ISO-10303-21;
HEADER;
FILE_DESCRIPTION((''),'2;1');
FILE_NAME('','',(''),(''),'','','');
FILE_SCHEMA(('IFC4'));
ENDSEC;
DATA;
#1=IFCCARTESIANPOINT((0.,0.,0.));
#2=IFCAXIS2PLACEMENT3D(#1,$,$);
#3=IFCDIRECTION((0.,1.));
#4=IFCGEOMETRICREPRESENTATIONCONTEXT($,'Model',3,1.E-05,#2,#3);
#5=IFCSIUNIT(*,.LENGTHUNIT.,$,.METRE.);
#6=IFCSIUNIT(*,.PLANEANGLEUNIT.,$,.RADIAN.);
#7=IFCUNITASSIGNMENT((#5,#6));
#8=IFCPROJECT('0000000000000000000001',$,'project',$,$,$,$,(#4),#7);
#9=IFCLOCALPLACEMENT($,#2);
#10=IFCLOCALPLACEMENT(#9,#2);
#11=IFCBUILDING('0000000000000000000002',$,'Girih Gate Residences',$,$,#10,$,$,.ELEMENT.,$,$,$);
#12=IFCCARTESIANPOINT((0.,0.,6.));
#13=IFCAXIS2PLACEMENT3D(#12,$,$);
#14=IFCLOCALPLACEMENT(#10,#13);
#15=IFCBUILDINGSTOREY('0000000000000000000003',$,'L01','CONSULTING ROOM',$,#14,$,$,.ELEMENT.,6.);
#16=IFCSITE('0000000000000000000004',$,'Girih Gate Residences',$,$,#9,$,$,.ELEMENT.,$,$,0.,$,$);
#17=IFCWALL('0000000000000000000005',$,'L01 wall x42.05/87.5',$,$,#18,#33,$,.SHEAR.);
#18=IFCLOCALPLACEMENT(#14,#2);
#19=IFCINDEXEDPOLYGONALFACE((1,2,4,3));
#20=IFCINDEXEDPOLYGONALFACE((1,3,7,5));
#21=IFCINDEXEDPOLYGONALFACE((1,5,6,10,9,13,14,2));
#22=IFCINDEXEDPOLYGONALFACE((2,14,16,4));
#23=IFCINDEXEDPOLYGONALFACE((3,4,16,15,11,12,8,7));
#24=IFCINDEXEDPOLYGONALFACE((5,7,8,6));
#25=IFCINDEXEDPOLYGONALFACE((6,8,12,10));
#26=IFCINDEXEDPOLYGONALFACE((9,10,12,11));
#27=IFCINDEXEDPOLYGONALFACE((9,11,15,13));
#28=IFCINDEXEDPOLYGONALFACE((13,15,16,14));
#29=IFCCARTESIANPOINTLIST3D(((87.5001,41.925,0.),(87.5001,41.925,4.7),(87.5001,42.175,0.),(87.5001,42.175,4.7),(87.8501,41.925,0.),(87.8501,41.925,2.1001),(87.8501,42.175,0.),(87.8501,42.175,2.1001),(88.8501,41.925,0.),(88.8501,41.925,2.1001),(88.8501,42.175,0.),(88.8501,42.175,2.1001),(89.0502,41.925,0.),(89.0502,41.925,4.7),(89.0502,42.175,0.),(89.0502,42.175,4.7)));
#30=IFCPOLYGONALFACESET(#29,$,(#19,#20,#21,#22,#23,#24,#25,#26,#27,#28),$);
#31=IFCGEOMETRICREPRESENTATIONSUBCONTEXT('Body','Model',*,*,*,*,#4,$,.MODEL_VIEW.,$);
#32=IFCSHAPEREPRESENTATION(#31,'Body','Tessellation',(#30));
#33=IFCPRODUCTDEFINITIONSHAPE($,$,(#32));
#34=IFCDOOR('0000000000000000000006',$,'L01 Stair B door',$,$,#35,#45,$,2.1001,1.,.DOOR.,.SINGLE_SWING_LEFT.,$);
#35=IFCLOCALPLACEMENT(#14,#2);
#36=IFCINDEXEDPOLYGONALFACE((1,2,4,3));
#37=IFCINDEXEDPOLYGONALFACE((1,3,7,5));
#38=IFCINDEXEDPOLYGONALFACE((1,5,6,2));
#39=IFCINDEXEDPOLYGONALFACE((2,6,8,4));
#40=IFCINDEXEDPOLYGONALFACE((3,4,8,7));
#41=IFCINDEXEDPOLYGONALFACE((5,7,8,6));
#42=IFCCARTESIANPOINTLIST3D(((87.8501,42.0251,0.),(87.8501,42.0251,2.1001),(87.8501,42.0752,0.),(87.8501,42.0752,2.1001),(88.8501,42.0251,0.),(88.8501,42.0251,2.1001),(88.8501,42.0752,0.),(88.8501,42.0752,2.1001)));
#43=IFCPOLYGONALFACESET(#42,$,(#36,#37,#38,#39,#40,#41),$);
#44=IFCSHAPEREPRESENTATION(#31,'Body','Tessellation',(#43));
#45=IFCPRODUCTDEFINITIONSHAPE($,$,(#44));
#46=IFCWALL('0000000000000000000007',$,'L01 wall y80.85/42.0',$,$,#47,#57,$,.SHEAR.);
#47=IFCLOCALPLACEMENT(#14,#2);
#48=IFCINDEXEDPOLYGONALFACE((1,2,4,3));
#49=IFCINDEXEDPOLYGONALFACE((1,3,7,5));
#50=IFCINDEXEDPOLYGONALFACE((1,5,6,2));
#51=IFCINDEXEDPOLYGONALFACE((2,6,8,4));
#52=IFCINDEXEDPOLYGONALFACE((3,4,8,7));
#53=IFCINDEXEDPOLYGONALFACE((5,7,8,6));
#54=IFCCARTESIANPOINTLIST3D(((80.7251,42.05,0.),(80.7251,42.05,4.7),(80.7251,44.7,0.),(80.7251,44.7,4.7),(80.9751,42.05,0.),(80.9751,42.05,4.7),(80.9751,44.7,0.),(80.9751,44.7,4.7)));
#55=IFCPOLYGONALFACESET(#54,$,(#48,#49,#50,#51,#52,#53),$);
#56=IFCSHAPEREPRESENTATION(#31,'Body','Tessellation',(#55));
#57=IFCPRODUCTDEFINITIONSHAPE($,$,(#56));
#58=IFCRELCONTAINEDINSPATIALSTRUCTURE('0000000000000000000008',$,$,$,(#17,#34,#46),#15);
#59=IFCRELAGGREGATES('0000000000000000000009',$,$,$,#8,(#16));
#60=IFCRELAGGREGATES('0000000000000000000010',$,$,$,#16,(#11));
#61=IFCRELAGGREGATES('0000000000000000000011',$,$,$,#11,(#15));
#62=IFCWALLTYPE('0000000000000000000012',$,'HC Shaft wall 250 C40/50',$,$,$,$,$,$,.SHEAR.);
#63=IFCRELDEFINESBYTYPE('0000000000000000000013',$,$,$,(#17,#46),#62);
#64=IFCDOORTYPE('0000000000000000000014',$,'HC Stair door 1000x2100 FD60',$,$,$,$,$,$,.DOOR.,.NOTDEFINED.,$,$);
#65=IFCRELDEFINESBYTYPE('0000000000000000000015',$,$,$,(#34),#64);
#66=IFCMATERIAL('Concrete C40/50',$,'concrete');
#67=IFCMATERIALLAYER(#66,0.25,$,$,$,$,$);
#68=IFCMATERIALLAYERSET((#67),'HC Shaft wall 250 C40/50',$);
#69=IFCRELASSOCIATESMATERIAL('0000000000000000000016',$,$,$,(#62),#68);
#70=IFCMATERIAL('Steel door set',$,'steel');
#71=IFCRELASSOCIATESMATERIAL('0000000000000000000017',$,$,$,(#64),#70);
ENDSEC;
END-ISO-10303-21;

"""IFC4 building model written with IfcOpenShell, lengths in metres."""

from ifc_helpers import new_model, si_unit, direction, frame, frame_2d, origin, place, context, subcontext, project, spatial, rectangle, extrude, material, layer, layer_set, type_object, element, fill, save


model = new_model("IFC4")

# Units and contexts
model_context = context("Model", 3, precision=1e-05, world=origin(), true_north=direction((0.0, 1.0)))
body_context = subcontext(model_context, "Body", "Model", "MODEL_VIEW")
ifc_project = project(units=[si_unit("LENGTHUNIT", "METRE"), si_unit("PLANEANGLEUNIT", "RADIAN")], contexts=[model_context])

# Site, building, storey
site_placement = place(None, origin())
site = spatial("IfcSite", under=ifc_project, at=site_placement, Name="Girih Gate Residences", CompositionType="ELEMENT", RefElevation=0.0)
building_placement = place(site_placement, origin())
building = spatial("IfcBuilding", under=site, at=building_placement, Name="Girih Gate Residences", CompositionType="ELEMENT")
storey_placement = place(building_placement, frame((0.0, 0.0, 6.0)))
storey = spatial("IfcBuildingStorey", under=building, at=storey_placement, Name="L01", Description="CONSULTING ROOM", CompositionType="ELEMENT", Elevation=6.0)

# Shared definitions
ifc_material_1 = material(Name="Concrete C40/50", Category="concrete")

# Shared definitions
ifc_layer_1 = layer(ifc_material_1, 0.25)
ifc_layer_set_1 = layer_set([ifc_layer_1], Name="HC Shaft wall 250 C40/50")
wall_type_1 = type_object("IfcWallType", Name="HC Shaft wall 250 C40/50", PredefinedType="SHEAR", material=ifc_layer_set_1)

# Wall, opening, door
wall_1_placement = place(storey_placement, frame((89.05, 42.05, 0.0), z_axis=(0.0, 0.0, 1.0), x_axis=(-1.0, 0.0, 0.0)))
wall_1 = element("IfcWall", 1, at=wall_1_placement, inside=storey, type_object=wall_type_1, Name="L01 wall x42.05/87.5", PredefinedType="SHEAR", context=body_context, shape_type="SweptSolid", body=[
    extrude(rectangle(XDim=1.55, YDim=0.25, at=frame_2d((0.7749, 0.0))), origin(), (0.0, 0.0, 1.0), 4.7),
])
opening_1_placement = place(wall_1_placement, frame((0.2, 0.0, 0.0)))
opening_1 = element("IfcOpeningElement", 2, at=opening_1_placement, cuts=wall_1, PredefinedType="OPENING", context=body_context, shape_type="SweptSolid", body=[
    extrude(rectangle(XDim=1.0, YDim=2.1001, at=frame_2d((0.5, 1.05))), frame((0.0, 0.135, 0.0), z_axis=(0.0, -1.0, 0.0), x_axis=(1.0, 0.0, 0.0)), (0.0, 0.0, 1.0), 0.27),
])
ifc_material_2 = material(Name="Steel door set", Category="steel")
door_type_1 = type_object("IfcDoorType", Name="HC Stair door 1000x2100 FD60", OperationType="NOTDEFINED", PredefinedType="DOOR", material=ifc_material_2)
door_1_placement = place(opening_1_placement, origin())
door_1 = element("IfcDoor", 3, at=door_1_placement, inside=storey, type_object=door_type_1, Name="L01 Stair B door", OperationType="SINGLE_SWING_LEFT", OverallHeight=2.1001, OverallWidth=1.0, PredefinedType="DOOR", context=body_context, shape_type="SweptSolid", body=[
    extrude(rectangle(XDim=1.0, YDim=2.1001, at=frame_2d((0.5, 1.05))), frame((0.0, 0.0249, 0.0), z_axis=(0.0, -1.0, 0.0), x_axis=(1.0, 0.0, 0.0)), (0.0, 0.0, 1.0), 0.05),
])
fill(opening_1, door_1)

# Wall
wall_2_placement = place(storey_placement, frame((80.8501, 42.05, 0.0), z_axis=(0.0, 0.0, 1.0), x_axis=(0.0, 1.0, 0.0)))
element("IfcWall", 4, at=wall_2_placement, inside=storey, type_object=wall_type_1, Name="L01 wall y80.85/42.0", PredefinedType="SHEAR", context=body_context, shape_type="SweptSolid", body=[
    extrude(rectangle(XDim=2.6499, YDim=0.25, at=frame_2d((1.325, 0.0))), origin(), (0.0, 0.0, 1.0), 4.7),
])

save(model, "model.ifc")
